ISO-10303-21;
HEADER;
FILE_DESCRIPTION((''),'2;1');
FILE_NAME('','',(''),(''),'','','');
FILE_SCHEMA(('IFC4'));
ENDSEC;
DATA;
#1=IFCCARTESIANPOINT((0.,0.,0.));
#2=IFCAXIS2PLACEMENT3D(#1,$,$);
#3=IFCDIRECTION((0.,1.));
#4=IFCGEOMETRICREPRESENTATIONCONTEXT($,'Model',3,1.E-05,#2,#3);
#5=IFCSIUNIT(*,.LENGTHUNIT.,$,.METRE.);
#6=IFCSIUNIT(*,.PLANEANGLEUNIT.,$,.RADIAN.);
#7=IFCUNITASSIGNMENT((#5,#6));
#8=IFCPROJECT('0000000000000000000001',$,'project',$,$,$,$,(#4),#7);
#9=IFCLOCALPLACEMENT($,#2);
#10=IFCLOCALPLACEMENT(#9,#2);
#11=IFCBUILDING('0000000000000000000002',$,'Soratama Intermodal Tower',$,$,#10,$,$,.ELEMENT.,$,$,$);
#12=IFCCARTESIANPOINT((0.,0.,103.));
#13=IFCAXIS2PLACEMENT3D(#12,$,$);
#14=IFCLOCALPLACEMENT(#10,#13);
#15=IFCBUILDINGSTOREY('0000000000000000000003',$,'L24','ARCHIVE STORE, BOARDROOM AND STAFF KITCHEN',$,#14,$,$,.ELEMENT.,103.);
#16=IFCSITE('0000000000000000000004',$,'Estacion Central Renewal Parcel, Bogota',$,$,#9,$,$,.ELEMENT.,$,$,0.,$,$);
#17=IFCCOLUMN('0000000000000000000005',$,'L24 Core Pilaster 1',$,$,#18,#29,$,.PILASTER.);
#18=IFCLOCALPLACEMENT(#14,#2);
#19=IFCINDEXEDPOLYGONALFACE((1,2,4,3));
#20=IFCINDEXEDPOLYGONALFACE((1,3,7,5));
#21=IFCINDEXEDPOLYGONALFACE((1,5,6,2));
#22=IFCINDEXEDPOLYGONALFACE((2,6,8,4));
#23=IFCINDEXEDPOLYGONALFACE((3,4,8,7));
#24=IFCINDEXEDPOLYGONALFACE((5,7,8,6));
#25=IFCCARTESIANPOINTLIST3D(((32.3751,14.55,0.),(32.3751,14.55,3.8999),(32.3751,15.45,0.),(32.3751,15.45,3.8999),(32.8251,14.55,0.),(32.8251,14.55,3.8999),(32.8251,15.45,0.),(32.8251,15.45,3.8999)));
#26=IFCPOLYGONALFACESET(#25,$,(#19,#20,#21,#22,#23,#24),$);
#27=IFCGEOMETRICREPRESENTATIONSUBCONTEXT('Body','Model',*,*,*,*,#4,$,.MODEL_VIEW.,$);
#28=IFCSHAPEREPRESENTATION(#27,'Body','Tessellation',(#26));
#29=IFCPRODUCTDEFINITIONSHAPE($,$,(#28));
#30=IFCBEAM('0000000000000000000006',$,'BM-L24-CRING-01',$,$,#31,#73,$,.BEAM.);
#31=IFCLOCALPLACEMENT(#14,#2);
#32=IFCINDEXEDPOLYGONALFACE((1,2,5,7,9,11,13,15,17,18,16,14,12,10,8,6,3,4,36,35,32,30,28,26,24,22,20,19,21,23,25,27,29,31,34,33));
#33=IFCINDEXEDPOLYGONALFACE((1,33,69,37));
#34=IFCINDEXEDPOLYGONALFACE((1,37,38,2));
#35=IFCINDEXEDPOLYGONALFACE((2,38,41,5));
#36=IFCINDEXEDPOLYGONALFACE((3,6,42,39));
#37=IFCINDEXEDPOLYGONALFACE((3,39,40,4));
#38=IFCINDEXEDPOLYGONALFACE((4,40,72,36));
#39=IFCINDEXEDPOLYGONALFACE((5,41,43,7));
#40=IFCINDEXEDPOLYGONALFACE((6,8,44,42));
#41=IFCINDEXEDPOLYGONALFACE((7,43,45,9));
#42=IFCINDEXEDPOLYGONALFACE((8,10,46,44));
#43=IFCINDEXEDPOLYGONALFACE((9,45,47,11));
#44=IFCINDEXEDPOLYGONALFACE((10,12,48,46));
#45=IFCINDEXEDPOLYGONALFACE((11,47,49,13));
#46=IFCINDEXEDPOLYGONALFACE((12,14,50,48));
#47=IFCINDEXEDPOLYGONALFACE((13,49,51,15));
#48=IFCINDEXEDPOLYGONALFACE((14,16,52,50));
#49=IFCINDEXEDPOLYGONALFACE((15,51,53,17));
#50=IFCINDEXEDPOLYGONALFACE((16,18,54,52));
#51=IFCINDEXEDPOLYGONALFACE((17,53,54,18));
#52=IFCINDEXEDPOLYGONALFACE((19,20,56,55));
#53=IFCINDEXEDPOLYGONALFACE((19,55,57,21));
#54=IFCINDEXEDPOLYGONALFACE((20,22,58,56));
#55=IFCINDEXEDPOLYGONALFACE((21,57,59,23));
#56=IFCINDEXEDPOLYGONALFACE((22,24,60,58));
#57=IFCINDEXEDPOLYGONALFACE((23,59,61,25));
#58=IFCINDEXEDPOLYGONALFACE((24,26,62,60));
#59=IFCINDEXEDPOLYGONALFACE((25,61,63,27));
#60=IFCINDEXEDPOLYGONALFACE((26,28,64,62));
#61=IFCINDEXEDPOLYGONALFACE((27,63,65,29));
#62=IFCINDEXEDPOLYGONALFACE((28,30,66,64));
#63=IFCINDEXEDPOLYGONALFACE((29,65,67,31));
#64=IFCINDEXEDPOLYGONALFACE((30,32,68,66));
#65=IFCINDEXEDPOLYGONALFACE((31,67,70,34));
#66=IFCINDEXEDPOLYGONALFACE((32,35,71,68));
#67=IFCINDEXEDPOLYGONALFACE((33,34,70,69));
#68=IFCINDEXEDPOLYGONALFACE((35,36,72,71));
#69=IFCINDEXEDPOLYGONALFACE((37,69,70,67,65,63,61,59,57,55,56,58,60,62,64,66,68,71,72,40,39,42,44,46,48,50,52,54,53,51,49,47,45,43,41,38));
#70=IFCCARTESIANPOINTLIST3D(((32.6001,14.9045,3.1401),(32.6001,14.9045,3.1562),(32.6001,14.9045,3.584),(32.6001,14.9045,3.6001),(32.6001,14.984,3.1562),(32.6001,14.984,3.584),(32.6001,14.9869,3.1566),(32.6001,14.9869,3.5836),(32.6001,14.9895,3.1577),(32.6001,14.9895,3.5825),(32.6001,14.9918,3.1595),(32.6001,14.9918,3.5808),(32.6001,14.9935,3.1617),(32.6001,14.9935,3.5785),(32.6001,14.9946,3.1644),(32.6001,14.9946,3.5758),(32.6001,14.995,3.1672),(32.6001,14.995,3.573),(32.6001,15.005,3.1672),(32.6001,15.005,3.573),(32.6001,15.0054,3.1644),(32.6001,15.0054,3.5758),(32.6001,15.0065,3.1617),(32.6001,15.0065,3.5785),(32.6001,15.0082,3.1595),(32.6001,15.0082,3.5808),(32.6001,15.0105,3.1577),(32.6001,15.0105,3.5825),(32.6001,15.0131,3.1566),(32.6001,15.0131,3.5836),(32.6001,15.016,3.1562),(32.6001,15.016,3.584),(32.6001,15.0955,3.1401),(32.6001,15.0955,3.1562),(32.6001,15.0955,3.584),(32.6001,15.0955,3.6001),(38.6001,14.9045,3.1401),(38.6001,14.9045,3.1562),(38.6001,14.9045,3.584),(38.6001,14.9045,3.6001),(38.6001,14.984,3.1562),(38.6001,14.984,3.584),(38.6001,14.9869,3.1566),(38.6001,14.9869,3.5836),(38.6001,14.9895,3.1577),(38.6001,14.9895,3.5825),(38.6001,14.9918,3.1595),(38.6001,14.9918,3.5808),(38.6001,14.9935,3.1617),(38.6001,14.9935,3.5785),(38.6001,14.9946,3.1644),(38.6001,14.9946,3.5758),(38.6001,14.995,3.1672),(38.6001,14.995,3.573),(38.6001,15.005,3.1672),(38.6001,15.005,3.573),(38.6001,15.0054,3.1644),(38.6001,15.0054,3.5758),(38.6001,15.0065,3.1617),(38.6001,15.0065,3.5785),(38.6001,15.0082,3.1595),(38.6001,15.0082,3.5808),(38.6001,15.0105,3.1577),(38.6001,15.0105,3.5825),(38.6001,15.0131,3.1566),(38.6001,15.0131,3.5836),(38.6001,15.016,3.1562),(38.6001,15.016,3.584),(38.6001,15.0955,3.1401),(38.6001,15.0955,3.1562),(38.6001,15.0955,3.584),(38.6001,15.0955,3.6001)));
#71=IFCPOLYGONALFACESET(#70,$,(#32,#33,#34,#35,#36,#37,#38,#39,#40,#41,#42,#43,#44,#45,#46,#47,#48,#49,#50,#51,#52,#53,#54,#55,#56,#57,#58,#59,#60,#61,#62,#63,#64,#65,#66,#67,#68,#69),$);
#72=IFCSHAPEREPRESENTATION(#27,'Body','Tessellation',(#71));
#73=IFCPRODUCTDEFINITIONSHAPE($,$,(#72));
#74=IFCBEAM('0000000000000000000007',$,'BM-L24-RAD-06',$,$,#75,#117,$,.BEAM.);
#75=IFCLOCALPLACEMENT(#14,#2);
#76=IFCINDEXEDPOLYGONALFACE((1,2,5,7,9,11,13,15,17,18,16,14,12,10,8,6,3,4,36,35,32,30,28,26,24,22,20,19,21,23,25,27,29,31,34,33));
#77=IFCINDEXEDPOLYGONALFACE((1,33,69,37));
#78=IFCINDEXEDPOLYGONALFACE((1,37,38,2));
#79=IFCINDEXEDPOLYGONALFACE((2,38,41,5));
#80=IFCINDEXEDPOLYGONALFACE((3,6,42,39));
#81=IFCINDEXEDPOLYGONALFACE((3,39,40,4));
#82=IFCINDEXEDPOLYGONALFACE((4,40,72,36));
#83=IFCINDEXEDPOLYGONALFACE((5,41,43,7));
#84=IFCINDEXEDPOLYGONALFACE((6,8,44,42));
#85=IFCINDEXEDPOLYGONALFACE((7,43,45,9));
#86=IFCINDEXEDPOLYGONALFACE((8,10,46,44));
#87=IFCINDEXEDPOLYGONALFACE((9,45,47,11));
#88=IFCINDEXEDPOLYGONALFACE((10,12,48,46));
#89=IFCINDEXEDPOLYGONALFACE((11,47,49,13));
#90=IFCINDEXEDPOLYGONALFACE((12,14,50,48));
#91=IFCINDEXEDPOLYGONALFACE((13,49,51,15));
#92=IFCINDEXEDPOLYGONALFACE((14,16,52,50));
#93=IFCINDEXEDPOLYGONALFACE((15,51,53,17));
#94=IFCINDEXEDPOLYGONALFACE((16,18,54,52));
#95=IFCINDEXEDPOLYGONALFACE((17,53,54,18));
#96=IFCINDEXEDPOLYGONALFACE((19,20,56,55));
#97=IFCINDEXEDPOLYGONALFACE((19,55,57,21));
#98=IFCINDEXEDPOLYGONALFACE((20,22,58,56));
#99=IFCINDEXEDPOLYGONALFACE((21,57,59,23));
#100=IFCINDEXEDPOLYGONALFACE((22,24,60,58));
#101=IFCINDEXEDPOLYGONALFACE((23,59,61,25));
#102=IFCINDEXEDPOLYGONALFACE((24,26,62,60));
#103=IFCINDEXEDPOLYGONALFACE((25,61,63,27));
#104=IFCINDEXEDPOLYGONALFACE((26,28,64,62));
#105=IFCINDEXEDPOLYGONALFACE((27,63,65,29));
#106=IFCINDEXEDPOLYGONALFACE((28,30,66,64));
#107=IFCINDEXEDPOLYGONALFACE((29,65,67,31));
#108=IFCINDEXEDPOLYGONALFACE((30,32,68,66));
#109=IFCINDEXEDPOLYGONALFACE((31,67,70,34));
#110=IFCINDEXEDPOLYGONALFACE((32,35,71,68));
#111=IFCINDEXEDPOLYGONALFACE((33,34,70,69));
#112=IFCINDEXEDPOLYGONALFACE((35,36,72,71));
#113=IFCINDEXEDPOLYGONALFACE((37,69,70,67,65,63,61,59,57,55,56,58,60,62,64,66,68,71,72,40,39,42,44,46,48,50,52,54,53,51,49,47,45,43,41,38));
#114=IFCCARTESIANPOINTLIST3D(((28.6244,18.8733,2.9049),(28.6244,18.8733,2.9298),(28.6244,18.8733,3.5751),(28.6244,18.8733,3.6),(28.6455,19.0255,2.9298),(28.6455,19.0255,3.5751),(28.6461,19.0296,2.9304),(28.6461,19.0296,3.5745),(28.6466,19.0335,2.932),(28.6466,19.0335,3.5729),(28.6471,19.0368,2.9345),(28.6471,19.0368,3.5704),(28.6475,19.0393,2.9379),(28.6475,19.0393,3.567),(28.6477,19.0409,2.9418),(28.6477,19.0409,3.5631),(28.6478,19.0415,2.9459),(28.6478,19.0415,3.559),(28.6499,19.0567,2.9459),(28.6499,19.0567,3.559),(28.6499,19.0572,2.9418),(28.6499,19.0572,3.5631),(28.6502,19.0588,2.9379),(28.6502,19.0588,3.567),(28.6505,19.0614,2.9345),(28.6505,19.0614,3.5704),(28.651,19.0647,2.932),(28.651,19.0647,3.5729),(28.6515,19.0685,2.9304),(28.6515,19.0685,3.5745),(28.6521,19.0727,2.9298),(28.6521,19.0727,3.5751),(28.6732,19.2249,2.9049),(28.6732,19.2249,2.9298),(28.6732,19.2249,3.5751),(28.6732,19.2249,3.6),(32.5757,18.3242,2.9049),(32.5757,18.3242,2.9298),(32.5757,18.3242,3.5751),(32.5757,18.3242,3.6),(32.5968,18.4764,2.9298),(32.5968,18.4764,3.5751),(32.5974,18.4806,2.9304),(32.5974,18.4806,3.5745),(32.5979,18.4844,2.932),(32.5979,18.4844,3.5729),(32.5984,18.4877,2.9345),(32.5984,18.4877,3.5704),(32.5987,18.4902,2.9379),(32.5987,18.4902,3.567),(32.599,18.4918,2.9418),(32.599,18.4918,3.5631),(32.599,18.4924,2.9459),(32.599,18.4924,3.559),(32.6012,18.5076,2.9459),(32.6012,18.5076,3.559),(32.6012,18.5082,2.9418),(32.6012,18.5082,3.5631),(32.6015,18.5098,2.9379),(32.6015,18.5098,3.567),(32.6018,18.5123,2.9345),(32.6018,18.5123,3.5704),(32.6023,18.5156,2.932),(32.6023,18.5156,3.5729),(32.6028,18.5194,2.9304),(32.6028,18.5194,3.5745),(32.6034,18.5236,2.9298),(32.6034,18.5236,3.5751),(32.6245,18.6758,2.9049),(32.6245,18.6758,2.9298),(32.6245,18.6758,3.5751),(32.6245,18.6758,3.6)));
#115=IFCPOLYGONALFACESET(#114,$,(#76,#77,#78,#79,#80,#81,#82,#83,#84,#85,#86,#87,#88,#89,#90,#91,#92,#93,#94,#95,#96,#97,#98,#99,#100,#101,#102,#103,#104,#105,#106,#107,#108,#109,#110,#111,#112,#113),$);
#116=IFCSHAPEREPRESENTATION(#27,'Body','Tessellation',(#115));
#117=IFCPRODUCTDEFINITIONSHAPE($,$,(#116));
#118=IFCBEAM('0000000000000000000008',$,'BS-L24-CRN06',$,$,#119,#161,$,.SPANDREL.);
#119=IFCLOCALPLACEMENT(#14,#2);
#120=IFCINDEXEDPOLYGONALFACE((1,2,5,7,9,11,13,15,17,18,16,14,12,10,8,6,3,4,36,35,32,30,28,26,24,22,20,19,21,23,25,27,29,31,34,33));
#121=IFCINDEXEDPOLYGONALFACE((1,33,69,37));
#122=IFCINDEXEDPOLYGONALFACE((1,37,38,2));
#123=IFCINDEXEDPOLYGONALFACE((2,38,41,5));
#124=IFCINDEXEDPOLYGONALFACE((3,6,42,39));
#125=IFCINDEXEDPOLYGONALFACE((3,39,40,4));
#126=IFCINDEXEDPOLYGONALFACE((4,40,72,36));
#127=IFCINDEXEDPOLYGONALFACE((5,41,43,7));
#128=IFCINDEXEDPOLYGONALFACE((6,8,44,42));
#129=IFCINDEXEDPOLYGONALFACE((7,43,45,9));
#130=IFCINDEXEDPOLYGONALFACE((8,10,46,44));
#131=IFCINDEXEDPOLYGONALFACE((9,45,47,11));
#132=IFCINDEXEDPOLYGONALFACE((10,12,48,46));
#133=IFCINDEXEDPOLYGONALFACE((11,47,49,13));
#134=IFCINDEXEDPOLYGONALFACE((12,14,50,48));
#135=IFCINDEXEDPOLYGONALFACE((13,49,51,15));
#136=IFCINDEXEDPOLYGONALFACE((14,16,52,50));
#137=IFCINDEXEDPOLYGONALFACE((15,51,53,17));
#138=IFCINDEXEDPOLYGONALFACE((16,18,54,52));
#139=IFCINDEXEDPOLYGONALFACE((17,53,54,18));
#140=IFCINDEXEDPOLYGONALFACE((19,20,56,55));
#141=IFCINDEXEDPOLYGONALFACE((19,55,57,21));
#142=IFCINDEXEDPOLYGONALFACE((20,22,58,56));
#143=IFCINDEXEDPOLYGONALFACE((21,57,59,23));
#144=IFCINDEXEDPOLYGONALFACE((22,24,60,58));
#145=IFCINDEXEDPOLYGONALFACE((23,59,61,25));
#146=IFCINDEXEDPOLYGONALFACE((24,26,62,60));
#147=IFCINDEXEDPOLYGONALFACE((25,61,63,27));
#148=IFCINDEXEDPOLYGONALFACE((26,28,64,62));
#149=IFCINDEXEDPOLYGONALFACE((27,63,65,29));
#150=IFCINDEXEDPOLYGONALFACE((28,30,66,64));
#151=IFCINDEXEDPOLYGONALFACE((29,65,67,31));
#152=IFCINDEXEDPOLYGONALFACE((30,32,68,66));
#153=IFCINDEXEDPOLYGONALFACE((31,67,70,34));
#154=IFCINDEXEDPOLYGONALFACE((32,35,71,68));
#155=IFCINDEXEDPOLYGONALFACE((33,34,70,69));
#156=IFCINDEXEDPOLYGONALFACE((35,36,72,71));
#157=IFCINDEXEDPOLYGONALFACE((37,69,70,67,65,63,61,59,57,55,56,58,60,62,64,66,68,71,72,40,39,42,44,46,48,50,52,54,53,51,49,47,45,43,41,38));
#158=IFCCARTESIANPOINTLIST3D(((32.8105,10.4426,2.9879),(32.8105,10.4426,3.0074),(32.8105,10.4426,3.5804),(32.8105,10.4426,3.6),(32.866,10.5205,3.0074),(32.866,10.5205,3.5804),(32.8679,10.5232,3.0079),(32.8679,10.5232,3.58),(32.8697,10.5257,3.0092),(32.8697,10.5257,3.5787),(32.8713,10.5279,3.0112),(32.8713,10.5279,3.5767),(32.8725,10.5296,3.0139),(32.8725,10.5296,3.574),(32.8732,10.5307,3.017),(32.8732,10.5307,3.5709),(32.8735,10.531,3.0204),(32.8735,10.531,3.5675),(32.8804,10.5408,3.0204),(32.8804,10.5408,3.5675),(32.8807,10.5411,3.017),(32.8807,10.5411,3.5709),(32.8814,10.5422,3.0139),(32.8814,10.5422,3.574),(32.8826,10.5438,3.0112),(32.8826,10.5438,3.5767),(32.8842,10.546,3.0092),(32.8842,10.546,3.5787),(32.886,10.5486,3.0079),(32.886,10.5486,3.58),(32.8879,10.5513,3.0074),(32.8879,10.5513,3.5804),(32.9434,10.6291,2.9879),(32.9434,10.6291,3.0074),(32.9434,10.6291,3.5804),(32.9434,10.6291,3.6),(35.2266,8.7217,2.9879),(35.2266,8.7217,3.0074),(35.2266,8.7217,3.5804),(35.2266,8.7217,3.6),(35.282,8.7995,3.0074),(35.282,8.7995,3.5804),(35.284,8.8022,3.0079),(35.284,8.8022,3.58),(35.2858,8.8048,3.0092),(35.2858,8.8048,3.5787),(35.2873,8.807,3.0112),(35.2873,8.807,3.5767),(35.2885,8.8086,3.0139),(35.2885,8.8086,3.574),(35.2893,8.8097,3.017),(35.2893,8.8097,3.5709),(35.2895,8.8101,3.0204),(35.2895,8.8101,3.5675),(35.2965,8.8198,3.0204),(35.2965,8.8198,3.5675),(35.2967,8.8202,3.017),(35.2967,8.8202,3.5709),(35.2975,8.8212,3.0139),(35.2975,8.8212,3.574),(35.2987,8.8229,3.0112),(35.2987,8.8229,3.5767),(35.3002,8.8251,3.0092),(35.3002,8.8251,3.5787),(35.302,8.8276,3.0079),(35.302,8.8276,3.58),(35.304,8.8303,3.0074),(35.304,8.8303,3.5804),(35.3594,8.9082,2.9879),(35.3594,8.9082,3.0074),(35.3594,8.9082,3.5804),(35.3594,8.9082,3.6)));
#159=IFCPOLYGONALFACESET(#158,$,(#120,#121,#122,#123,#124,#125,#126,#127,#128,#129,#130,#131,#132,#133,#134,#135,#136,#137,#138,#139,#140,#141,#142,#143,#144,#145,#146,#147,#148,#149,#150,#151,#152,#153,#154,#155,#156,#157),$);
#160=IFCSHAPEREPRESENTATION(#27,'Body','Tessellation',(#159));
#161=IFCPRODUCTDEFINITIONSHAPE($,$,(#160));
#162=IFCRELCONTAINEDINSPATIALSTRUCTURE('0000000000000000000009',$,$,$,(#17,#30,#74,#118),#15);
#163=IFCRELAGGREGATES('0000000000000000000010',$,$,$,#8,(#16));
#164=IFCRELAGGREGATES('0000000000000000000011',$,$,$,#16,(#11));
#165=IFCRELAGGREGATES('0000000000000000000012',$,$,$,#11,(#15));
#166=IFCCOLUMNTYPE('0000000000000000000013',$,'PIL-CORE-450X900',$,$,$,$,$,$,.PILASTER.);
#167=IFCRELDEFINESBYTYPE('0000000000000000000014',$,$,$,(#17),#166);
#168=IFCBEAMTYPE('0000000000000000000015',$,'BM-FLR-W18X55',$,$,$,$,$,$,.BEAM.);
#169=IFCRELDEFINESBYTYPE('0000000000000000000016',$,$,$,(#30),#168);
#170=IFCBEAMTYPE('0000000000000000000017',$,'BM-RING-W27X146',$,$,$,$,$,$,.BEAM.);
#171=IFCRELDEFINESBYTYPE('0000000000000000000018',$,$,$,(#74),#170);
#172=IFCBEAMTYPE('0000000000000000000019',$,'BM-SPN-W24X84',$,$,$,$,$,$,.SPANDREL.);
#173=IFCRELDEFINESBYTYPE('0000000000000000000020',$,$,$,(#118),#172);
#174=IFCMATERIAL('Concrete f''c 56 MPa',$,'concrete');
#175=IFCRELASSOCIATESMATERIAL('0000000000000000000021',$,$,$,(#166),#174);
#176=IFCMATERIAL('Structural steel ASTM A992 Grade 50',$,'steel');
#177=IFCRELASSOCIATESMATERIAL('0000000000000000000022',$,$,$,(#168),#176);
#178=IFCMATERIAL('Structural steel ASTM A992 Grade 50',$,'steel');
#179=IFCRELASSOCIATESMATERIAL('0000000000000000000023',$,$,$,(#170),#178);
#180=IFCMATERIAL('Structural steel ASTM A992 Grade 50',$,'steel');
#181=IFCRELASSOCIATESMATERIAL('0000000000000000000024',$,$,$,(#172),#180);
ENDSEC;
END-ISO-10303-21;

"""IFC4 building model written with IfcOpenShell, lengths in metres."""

from ifc_helpers import new_model, si_unit, direction, frame, origin, origin_2d, place, context, subcontext, project, spatial, rectangle, i_section, extrude, material, material_profile, profile_set, type_object, element, save


model = new_model("IFC4")

# Units and contexts
model_context = context("Model", 3, precision=1e-05, world=origin(), true_north=direction((0.0, 1.0)))
body_context = subcontext(model_context, "Body", "Model", "MODEL_VIEW")
ifc_project = project(units=[si_unit("LENGTHUNIT", "METRE"), si_unit("PLANEANGLEUNIT", "RADIAN")], contexts=[model_context])

# Site, building, storey
site_placement = place(None, origin())
site = spatial("IfcSite", under=ifc_project, at=site_placement, Name="Estacion Central Renewal Parcel, Bogota", CompositionType="ELEMENT", RefElevation=0.0)
building_placement = place(site_placement, origin())
building = spatial("IfcBuilding", under=site, at=building_placement, Name="Soratama Intermodal Tower", CompositionType="ELEMENT")
storey_placement = place(building_placement, frame((0.0, 0.0, 103.0)))
storey = spatial("IfcBuildingStorey", under=building, at=storey_placement, Name="L24", Description="ARCHIVE STORE, BOARDROOM AND STAFF KITCHEN", CompositionType="ELEMENT", Elevation=103.0)

# Column
ifc_material_1 = material(Name="Concrete f'c 56 MPa", Category="concrete")
ifc_material_profile_1 = material_profile(ifc_material_1, rectangle(XDim=0.45, YDim=0.8999, at=origin_2d()), Name="RC450X900")
ifc_profile_set_1 = profile_set([ifc_material_profile_1], Name="Concrete f'c 56 MPa")
column_type = type_object("IfcColumnType", Name="PIL-CORE-450X900", PredefinedType="PILASTER", material=ifc_profile_set_1)
column_placement = place(storey_placement, frame((32.6001, 15.0, 0.0), z_axis=(0.0, 0.0, 1.0), x_axis=(1.0, 0.0, 0.0)))
element("IfcColumn", 1, at=column_placement, inside=storey, type_object=column_type, Name="L24 Core Pilaster 1", PredefinedType="PILASTER", context=body_context, shape_type="SweptSolid", body=[
    extrude(rectangle(XDim=0.45, YDim=0.8999, at=origin_2d()), origin(), (0.0, 0.0, 1.0), 3.8999),
])

# Beams
ifc_material_2 = material(Name="Structural steel ASTM A992 Grade 50", Category="steel")
ifc_material_profile_2 = material_profile(ifc_material_2, i_section(OverallWidth=0.1909, OverallDepth=0.46, WebThickness=0.01, FlangeThickness=0.0161, FilletRadius=0.011, at=origin_2d()), Name="W18X55")
ifc_profile_set_2 = profile_set([ifc_material_profile_2], Name="Structural steel ASTM A992 Grade 50")
beam_type_1 = type_object("IfcBeamType", Name="BM-FLR-W18X55", PredefinedType="BEAM", material=ifc_profile_set_2)
beam_1_placement = place(storey_placement, frame((32.6001, 15.0, 3.3701), z_axis=(1.0, 0.0, 0.0), x_axis=(0.0, 1.0, 0.0)))
element("IfcBeam", 2, at=beam_1_placement, inside=storey, type_object=beam_type_1, Name="BM-L24-CRING-01", PredefinedType="BEAM", context=body_context, shape_type="SweptSolid", body=[
    extrude(i_section(OverallWidth=0.1909, OverallDepth=0.46, WebThickness=0.01, FlangeThickness=0.0161, FilletRadius=0.011, at=origin_2d()), origin(), (0.0, 0.0, 1.0), 6.0),
])
ifc_material_3 = material(Name="Structural steel ASTM A992 Grade 50", Category="steel")
ifc_material_profile_3 = material_profile(ifc_material_3, i_section(OverallWidth=0.355, OverallDepth=0.6951, WebThickness=0.0154, FlangeThickness=0.0249, FilletRadius=0.0161, at=origin_2d()), Name="W27X146")
ifc_profile_set_3 = profile_set([ifc_material_profile_3], Name="Structural steel ASTM A992 Grade 50")
beam_type_2 = type_object("IfcBeamType", Name="BM-RING-W27X146", PredefinedType="BEAM", material=ifc_profile_set_3)
beam_2_placement = place(storey_placement, frame((32.6001, 18.5, 3.2524), z_axis=(-0.990482, 0.137642, 0.0), x_axis=(-0.137642, -0.990482, 0.0)))
element("IfcBeam", 3, at=beam_2_placement, inside=storey, type_object=beam_type_2, Name="BM-L24-RAD-06", PredefinedType="BEAM", context=body_context, shape_type="SweptSolid", body=[
    extrude(i_section(OverallWidth=0.355, OverallDepth=0.6951, WebThickness=0.0154, FlangeThickness=0.0249, FilletRadius=0.0161, at=origin_2d()), origin(), (0.0, 0.0, 1.0), 3.9893),
])
ifc_material_4 = material(Name="Structural steel ASTM A992 Grade 50", Category="steel")
ifc_material_profile_4 = material_profile(ifc_material_4, i_section(OverallWidth=0.229, OverallDepth=0.6121, WebThickness=0.012, FlangeThickness=0.0195, FilletRadius=0.0129, at=origin_2d()), Name="W24X84")
ifc_profile_set_4 = profile_set([ifc_material_profile_4], Name="Structural steel ASTM A992 Grade 50")
beam_type_3 = type_object("IfcBeamType", Name="BM-SPN-W24X84", PredefinedType="SPANDREL", material=ifc_profile_set_4)
beam_3_placement = place(storey_placement, frame((32.877, 10.5359, 3.2939), z_axis=(0.814495, -0.580171, 0.0), x_axis=(0.580171, 0.814495, 0.0)))
element("IfcBeam", 4, at=beam_3_placement, inside=storey, type_object=beam_type_3, Name="BS-L24-CRN06", PredefinedType="SPANDREL", context=body_context, shape_type="SweptSolid", body=[
    extrude(i_section(OverallWidth=0.229, OverallDepth=0.6121, WebThickness=0.012, FlangeThickness=0.0195, FilletRadius=0.0129, at=origin_2d()), origin(), (0.0, 0.0, 1.0), 2.9663),
])

save(model, "model.ifc")
